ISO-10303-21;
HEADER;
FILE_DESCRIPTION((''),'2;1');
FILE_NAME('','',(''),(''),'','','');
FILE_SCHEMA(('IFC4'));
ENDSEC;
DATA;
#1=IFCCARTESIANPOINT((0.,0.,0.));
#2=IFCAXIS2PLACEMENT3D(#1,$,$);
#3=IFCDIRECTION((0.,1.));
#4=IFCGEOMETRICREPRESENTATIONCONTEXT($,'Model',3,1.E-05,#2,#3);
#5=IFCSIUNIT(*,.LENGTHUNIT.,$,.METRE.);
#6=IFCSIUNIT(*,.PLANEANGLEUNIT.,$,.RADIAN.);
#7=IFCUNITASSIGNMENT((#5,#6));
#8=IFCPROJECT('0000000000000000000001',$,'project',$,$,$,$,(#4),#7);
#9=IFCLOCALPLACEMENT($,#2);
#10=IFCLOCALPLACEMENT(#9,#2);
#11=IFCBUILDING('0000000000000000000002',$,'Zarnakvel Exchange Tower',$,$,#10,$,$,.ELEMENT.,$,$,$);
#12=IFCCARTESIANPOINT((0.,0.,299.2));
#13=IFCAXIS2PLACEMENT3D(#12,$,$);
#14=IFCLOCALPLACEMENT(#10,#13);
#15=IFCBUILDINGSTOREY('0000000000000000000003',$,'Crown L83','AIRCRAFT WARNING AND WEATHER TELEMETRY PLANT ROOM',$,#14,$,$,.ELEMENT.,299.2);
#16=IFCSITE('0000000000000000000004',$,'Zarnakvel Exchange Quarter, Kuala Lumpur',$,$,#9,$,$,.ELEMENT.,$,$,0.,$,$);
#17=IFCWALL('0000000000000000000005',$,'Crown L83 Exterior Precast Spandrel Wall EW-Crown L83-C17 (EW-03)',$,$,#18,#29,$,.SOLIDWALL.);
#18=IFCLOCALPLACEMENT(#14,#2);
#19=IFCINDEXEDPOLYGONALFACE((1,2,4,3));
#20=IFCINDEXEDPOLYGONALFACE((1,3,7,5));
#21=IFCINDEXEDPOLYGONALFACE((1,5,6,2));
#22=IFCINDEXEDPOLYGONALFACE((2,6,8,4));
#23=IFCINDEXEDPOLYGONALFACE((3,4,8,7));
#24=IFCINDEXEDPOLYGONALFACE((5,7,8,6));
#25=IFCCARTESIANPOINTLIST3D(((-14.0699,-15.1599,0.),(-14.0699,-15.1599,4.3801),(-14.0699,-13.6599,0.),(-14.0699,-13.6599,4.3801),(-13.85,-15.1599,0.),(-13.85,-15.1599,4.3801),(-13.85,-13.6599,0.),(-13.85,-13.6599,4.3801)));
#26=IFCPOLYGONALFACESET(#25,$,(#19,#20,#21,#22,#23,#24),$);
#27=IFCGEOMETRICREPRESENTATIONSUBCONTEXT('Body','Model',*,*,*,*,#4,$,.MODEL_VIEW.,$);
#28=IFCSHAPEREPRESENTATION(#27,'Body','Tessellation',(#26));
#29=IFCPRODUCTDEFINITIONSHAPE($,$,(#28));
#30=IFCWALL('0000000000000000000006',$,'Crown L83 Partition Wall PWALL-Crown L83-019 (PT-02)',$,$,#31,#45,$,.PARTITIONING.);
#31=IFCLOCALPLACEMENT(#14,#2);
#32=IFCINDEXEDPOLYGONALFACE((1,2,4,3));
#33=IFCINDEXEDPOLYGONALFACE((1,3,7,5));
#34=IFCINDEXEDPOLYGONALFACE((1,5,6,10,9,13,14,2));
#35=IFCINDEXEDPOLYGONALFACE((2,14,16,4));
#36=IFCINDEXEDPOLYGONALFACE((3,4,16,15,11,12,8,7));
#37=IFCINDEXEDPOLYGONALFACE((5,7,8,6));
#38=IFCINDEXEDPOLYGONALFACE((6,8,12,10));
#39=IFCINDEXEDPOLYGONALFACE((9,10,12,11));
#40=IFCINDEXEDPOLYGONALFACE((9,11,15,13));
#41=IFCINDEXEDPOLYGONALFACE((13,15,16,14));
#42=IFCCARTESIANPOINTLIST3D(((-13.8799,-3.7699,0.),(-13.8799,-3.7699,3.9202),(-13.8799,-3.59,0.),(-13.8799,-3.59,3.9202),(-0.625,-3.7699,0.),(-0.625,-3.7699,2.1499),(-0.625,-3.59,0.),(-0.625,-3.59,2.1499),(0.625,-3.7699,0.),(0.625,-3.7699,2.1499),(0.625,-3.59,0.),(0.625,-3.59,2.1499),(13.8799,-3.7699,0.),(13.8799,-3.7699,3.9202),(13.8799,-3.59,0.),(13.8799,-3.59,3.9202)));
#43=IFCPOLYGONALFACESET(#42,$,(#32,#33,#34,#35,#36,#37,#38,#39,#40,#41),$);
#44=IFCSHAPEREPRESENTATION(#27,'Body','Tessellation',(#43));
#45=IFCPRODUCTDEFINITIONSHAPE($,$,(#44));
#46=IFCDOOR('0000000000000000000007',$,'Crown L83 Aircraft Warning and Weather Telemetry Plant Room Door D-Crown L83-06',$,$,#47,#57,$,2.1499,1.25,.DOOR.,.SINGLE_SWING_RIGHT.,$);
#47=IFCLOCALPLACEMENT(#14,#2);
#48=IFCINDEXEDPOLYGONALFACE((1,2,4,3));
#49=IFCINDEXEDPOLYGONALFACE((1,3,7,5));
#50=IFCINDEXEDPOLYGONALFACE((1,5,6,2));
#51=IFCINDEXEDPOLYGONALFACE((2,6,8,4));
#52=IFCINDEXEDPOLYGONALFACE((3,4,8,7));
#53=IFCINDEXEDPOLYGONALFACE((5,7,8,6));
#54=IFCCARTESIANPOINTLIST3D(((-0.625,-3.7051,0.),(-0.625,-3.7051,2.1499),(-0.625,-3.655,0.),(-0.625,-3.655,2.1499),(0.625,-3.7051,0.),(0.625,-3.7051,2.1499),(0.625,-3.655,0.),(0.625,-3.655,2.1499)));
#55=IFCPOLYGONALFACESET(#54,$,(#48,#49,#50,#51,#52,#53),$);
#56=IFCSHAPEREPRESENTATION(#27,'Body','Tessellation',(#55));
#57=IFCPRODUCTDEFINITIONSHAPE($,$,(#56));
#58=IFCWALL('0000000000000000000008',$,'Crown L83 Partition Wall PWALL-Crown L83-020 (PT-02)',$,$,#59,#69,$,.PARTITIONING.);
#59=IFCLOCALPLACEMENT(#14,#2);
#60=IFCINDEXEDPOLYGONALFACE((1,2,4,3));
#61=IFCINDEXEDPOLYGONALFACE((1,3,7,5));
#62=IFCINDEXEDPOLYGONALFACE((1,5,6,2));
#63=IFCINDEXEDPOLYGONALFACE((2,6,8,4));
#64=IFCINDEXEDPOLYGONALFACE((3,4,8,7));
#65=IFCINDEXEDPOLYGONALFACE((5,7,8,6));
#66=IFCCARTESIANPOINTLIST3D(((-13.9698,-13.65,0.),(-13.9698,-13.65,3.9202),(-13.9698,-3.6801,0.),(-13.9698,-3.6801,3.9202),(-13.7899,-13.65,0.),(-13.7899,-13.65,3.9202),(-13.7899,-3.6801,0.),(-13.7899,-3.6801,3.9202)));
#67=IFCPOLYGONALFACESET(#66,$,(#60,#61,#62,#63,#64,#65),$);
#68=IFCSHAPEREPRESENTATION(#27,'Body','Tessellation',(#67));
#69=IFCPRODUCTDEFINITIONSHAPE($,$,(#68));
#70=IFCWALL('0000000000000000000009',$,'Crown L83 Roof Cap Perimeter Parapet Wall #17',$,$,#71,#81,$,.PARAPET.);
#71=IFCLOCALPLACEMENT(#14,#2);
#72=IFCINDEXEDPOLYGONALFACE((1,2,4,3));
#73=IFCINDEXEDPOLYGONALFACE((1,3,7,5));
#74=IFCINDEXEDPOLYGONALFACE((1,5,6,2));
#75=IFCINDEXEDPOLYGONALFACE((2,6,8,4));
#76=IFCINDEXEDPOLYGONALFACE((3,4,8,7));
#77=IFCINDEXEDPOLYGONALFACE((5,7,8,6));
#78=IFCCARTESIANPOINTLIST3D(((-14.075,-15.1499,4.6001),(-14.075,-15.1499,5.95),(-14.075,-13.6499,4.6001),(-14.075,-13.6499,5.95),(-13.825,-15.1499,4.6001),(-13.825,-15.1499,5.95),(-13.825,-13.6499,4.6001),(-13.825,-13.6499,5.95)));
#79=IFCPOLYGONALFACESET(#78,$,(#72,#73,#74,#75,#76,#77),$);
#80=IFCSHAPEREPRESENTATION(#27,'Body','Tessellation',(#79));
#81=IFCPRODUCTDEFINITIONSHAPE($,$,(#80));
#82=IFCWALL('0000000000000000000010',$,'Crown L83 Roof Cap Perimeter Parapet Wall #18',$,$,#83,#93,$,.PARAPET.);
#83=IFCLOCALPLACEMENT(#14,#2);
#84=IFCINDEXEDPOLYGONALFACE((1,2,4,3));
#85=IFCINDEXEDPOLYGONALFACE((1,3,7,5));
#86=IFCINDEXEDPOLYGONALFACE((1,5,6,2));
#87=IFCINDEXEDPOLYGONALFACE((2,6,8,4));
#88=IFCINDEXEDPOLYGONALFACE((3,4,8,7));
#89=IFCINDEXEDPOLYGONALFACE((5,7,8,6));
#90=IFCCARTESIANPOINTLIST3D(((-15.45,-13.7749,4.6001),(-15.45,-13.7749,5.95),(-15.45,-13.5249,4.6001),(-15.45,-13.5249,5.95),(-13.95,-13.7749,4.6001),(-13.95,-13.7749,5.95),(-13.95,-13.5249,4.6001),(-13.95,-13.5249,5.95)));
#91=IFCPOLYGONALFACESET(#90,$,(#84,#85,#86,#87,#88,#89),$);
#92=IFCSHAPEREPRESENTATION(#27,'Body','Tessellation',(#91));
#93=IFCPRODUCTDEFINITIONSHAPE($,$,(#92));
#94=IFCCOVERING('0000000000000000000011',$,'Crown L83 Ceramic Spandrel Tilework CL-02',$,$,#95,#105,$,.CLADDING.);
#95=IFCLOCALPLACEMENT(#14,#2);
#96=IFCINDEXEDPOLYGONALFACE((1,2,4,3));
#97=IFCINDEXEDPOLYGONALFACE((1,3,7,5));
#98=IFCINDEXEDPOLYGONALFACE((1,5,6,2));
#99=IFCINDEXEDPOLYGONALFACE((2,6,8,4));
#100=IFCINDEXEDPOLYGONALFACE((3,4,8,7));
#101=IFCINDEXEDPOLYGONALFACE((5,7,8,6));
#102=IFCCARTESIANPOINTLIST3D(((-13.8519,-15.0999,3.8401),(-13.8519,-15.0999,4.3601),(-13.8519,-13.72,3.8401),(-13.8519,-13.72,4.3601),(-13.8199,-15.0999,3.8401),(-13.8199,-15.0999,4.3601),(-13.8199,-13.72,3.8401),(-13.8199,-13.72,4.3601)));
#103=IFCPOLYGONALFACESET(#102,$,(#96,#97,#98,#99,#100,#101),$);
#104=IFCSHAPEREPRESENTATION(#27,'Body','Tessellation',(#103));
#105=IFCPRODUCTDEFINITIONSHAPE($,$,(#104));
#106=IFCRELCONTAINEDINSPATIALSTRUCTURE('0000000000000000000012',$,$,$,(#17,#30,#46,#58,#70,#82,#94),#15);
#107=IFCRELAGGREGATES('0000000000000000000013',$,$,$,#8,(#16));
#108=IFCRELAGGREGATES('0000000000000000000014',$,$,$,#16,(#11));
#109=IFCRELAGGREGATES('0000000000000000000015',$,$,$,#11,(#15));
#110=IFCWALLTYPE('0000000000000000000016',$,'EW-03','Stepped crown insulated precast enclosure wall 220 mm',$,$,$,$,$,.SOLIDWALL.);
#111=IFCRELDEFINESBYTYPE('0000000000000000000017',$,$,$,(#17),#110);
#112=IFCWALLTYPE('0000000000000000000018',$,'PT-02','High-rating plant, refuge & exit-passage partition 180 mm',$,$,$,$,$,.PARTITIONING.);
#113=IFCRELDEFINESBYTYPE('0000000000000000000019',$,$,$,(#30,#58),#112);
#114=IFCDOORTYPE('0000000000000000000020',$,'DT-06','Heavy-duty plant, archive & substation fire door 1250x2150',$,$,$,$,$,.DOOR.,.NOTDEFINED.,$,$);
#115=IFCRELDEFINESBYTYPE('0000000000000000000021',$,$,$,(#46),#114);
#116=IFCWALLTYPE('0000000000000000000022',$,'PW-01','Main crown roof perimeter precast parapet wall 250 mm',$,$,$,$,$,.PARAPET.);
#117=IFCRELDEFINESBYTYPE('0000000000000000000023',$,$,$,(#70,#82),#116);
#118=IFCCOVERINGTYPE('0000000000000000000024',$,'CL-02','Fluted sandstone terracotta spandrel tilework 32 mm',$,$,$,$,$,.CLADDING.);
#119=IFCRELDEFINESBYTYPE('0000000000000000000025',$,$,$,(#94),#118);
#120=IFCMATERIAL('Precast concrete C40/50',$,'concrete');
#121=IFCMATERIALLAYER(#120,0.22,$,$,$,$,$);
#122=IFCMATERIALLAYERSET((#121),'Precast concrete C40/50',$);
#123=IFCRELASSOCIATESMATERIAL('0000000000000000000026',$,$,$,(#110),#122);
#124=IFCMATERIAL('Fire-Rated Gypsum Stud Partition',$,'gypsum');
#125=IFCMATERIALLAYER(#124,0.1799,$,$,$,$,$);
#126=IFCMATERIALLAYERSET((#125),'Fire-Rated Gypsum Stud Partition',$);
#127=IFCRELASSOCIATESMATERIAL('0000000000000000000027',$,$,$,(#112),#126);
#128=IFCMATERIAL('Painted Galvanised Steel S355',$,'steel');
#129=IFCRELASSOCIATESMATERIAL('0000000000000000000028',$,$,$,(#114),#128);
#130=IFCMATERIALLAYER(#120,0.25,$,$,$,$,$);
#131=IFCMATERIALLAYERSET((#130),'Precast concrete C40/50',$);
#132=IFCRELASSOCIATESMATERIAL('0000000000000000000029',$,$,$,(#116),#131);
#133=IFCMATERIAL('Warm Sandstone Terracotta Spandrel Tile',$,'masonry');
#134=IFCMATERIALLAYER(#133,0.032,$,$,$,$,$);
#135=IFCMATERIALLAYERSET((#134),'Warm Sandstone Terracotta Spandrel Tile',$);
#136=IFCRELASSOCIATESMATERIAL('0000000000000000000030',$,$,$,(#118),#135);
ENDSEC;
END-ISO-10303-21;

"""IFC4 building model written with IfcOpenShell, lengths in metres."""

from ifc_helpers import new_model, si_unit, direction, frame, frame_2d, origin, origin_2d, place, context, subcontext, project, spatial, rectangle, extrude, source, transform, mapped, material, layer, layer_set, type_object, element, fill, save


model = new_model("IFC4")

# Units and contexts
model_context = context("Model", 3, precision=1e-05, world=origin(), true_north=direction((0.0, 1.0)))
body_context = subcontext(model_context, "Body", "Model", "MODEL_VIEW")
ifc_project = project(units=[si_unit("LENGTHUNIT", "METRE"), si_unit("PLANEANGLEUNIT", "RADIAN")], contexts=[model_context])

# Site, building, storey
site_placement = place(None, origin())
site = spatial("IfcSite", under=ifc_project, at=site_placement, Name="Zarnakvel Exchange Quarter, Kuala Lumpur", CompositionType="ELEMENT", RefElevation=0.0)
building_placement = place(site_placement, origin())
building = spatial("IfcBuilding", under=site, at=building_placement, Name="Zarnakvel Exchange Tower", CompositionType="ELEMENT")
storey_placement = place(building_placement, frame((0.0, 0.0, 299.2)))
storey = spatial("IfcBuildingStorey", under=building, at=storey_placement, Name="Crown L83", Description="AIRCRAFT WARNING AND WEATHER TELEMETRY PLANT ROOM", CompositionType="ELEMENT", Elevation=299.2)

# Shared definitions
ifc_material_1 = material(Name="Painted Galvanised Steel S355", Category="steel")

# Wall
ifc_material_2 = material(Name="Precast concrete C40/50", Category="concrete")
ifc_layer_1 = layer(ifc_material_2, 0.22)
ifc_layer_set_1 = layer_set([ifc_layer_1], Name="Precast concrete C40/50")
wall_type_1 = type_object("IfcWallType", Name="EW-03", Description="Stepped crown insulated precast enclosure wall 220 mm", PredefinedType="SOLIDWALL", material=ifc_layer_set_1)
wall_1_placement = place(storey_placement, frame((-13.96, -13.6599, 0.0), z_axis=(0.0, 0.0, 1.0), x_axis=(0.0, -1.0, 0.0)))
element("IfcWall", 1, at=wall_1_placement, inside=storey, type_object=wall_type_1, Name="Crown L83 Exterior Precast Spandrel Wall EW-Crown L83-C17 (EW-03)", PredefinedType="SOLIDWALL", context=body_context, shape_type="SweptSolid", body=[
    extrude(rectangle(XDim=1.5, YDim=0.22, at=frame_2d((0.75, 0.0))), origin(), (0.0, 0.0, 1.0), 4.3801),
])

# Wall, opening, door
ifc_material_3 = material(Name="Fire-Rated Gypsum Stud Partition", Category="gypsum")
ifc_layer_2 = layer(ifc_material_3, 0.1799)
ifc_layer_set_2 = layer_set([ifc_layer_2], Name="Fire-Rated Gypsum Stud Partition")
wall_type_2 = type_object("IfcWallType", Name="PT-02", Description="High-rating plant, refuge & exit-passage partition 180 mm", PredefinedType="PARTITIONING", material=ifc_layer_set_2)
wall_2_placement = place(storey_placement, frame((-13.8799, -3.6799, 0.0), z_axis=(0.0, 0.0, 1.0), x_axis=(1.0, 0.0, 0.0)))
wall_2 = element("IfcWall", 2, at=wall_2_placement, inside=storey, type_object=wall_type_2, Name="Crown L83 Partition Wall PWALL-Crown L83-019 (PT-02)", PredefinedType="PARTITIONING", context=body_context, shape_type="SweptSolid", body=[
    extrude(rectangle(XDim=27.7598, YDim=0.1799, at=frame_2d((13.8799, 0.0))), origin(), (0.0, 0.0, 1.0), 3.9202),
])
opening_1_placement = place(wall_2_placement, frame((13.2549, 0.0, 0.0)))
opening_1 = element("IfcOpeningElement", 3, at=opening_1_placement, cuts=wall_2, PredefinedType="OPENING", context=body_context, shape_type="SweptSolid", body=[
    extrude(rectangle(XDim=1.25, YDim=2.1499, at=frame_2d((0.625, 1.075))), frame((0.0, 0.0999, 0.0), z_axis=(0.0, -1.0, 0.0), x_axis=(1.0, 0.0, 0.0)), (0.0, 0.0, 1.0), 0.2),
])
door_type_1 = type_object("IfcDoorType", Name="DT-06", Description="Heavy-duty plant, archive & substation fire door 1250x2150", OperationType="NOTDEFINED", PredefinedType="DOOR", material=ifc_material_1)
shared_shape_1 = source(origin(), body_context, "Body", "SweptSolid", [
    extrude(rectangle(XDim=1.25, YDim=2.1499, at=frame_2d((0.625, 1.075))), frame((0.0, 0.0249, 0.0), z_axis=(0.0, -1.0, 0.0), x_axis=(1.0, 0.0, 0.0)), (0.0, 0.0, 1.0), 0.05),
])
door_1_placement = place(opening_1_placement, origin())
door_1 = element("IfcDoor", 4, at=door_1_placement, inside=storey, type_object=door_type_1, Name="Crown L83 Aircraft Warning and Weather Telemetry Plant Room Door D-Crown L83-06", OperationType="SINGLE_SWING_RIGHT", OverallHeight=2.1499, OverallWidth=1.25, PredefinedType="DOOR", context=body_context, shape_type="MappedRepresentation", body=[
    mapped(shared_shape_1, transform((0.0, 0.0, 0.0), x_axis=(1.0, 0.0, 0.0), y_axis=(0.0, 1.0, 0.0), z_axis=(0.0, 0.0, 1.0), scale=1.0)),
])
fill(opening_1, door_1)

# Walls
wall_3_placement = place(storey_placement, frame((-13.8799, -13.6499, 0.0), z_axis=(0.0, 0.0, 1.0), x_axis=(0.0, 1.0, 0.0)))
element("IfcWall", 5, at=wall_3_placement, inside=storey, type_object=wall_type_2, Name="Crown L83 Partition Wall PWALL-Crown L83-020 (PT-02)", PredefinedType="PARTITIONING", context=body_context, shape_type="SweptSolid", body=[
    extrude(rectangle(XDim=9.97, YDim=0.1799, at=frame_2d((4.9849, 0.0))), origin(), (0.0, 0.0, 1.0), 3.9202),
])
ifc_layer_3 = layer(ifc_material_2, 0.25)
ifc_layer_set_3 = layer_set([ifc_layer_3], Name="Precast concrete C40/50")
wall_type_3 = type_object("IfcWallType", Name="PW-01", Description="Main crown roof perimeter precast parapet wall 250 mm", PredefinedType="PARAPET", material=ifc_layer_set_3)
for number, where, z_axis, x_axis, name in (
    (6, (-13.95, -15.1499, 4.6001), (0.0, 0.0, 1.0), (0.0, 1.0, 0.0), "Crown L83 Roof Cap Perimeter Parapet Wall #17"),
    (7, (-13.95, -13.6499, 4.6001), (0.0, 0.0, 1.0), (-1.0, 0.0, 0.0), "Crown L83 Roof Cap Perimeter Parapet Wall #18"),
):
    element("IfcWall", number, at=place(storey_placement, frame(where, z_axis=z_axis, x_axis=x_axis)), inside=storey, type_object=wall_type_3, Name=name, PredefinedType="PARAPET", context=body_context, shape_type="SweptSolid", body=[
        extrude(rectangle(XDim=1.5, YDim=0.25, at=frame_2d((0.75, 0.0))), origin(), (0.0, 0.0, 1.0), 1.3499),
    ])

# Covering
ifc_material_4 = material(Name="Warm Sandstone Terracotta Spandrel Tile", Category="masonry")
ifc_layer_4 = layer(ifc_material_4, 0.032)
ifc_layer_set_4 = layer_set([ifc_layer_4], Name="Warm Sandstone Terracotta Spandrel Tile")
covering_type = type_object("IfcCoveringType", Name="CL-02", Description="Fluted sandstone terracotta spandrel tilework 32 mm", PredefinedType="CLADDING", material=ifc_layer_set_4)
shared_shape_2 = source(origin(), body_context, "Body", "SweptSolid", [
    extrude(rectangle(XDim=1.3799, YDim=0.032, at=origin_2d()), origin(), (0.0, 0.0, 1.0), 0.52),
])
covering_placement = place(storey_placement, frame((-13.8359, -14.4099, 3.8401), z_axis=(0.0, 0.0, 1.0), x_axis=(0.0, -1.0, 0.0)))
element("IfcCovering", 8, at=covering_placement, inside=storey, type_object=covering_type, Name="Crown L83 Ceramic Spandrel Tilework CL-02", PredefinedType="CLADDING", context=body_context, shape_type="MappedRepresentation", body=[
    mapped(shared_shape_2, transform((0.0, 0.0, 0.0), x_axis=(1.0, 0.0, 0.0), y_axis=(0.0, 1.0, 0.0), z_axis=(0.0, 0.0, 1.0), scale=1.0)),
])

save(model, "model.ifc")
